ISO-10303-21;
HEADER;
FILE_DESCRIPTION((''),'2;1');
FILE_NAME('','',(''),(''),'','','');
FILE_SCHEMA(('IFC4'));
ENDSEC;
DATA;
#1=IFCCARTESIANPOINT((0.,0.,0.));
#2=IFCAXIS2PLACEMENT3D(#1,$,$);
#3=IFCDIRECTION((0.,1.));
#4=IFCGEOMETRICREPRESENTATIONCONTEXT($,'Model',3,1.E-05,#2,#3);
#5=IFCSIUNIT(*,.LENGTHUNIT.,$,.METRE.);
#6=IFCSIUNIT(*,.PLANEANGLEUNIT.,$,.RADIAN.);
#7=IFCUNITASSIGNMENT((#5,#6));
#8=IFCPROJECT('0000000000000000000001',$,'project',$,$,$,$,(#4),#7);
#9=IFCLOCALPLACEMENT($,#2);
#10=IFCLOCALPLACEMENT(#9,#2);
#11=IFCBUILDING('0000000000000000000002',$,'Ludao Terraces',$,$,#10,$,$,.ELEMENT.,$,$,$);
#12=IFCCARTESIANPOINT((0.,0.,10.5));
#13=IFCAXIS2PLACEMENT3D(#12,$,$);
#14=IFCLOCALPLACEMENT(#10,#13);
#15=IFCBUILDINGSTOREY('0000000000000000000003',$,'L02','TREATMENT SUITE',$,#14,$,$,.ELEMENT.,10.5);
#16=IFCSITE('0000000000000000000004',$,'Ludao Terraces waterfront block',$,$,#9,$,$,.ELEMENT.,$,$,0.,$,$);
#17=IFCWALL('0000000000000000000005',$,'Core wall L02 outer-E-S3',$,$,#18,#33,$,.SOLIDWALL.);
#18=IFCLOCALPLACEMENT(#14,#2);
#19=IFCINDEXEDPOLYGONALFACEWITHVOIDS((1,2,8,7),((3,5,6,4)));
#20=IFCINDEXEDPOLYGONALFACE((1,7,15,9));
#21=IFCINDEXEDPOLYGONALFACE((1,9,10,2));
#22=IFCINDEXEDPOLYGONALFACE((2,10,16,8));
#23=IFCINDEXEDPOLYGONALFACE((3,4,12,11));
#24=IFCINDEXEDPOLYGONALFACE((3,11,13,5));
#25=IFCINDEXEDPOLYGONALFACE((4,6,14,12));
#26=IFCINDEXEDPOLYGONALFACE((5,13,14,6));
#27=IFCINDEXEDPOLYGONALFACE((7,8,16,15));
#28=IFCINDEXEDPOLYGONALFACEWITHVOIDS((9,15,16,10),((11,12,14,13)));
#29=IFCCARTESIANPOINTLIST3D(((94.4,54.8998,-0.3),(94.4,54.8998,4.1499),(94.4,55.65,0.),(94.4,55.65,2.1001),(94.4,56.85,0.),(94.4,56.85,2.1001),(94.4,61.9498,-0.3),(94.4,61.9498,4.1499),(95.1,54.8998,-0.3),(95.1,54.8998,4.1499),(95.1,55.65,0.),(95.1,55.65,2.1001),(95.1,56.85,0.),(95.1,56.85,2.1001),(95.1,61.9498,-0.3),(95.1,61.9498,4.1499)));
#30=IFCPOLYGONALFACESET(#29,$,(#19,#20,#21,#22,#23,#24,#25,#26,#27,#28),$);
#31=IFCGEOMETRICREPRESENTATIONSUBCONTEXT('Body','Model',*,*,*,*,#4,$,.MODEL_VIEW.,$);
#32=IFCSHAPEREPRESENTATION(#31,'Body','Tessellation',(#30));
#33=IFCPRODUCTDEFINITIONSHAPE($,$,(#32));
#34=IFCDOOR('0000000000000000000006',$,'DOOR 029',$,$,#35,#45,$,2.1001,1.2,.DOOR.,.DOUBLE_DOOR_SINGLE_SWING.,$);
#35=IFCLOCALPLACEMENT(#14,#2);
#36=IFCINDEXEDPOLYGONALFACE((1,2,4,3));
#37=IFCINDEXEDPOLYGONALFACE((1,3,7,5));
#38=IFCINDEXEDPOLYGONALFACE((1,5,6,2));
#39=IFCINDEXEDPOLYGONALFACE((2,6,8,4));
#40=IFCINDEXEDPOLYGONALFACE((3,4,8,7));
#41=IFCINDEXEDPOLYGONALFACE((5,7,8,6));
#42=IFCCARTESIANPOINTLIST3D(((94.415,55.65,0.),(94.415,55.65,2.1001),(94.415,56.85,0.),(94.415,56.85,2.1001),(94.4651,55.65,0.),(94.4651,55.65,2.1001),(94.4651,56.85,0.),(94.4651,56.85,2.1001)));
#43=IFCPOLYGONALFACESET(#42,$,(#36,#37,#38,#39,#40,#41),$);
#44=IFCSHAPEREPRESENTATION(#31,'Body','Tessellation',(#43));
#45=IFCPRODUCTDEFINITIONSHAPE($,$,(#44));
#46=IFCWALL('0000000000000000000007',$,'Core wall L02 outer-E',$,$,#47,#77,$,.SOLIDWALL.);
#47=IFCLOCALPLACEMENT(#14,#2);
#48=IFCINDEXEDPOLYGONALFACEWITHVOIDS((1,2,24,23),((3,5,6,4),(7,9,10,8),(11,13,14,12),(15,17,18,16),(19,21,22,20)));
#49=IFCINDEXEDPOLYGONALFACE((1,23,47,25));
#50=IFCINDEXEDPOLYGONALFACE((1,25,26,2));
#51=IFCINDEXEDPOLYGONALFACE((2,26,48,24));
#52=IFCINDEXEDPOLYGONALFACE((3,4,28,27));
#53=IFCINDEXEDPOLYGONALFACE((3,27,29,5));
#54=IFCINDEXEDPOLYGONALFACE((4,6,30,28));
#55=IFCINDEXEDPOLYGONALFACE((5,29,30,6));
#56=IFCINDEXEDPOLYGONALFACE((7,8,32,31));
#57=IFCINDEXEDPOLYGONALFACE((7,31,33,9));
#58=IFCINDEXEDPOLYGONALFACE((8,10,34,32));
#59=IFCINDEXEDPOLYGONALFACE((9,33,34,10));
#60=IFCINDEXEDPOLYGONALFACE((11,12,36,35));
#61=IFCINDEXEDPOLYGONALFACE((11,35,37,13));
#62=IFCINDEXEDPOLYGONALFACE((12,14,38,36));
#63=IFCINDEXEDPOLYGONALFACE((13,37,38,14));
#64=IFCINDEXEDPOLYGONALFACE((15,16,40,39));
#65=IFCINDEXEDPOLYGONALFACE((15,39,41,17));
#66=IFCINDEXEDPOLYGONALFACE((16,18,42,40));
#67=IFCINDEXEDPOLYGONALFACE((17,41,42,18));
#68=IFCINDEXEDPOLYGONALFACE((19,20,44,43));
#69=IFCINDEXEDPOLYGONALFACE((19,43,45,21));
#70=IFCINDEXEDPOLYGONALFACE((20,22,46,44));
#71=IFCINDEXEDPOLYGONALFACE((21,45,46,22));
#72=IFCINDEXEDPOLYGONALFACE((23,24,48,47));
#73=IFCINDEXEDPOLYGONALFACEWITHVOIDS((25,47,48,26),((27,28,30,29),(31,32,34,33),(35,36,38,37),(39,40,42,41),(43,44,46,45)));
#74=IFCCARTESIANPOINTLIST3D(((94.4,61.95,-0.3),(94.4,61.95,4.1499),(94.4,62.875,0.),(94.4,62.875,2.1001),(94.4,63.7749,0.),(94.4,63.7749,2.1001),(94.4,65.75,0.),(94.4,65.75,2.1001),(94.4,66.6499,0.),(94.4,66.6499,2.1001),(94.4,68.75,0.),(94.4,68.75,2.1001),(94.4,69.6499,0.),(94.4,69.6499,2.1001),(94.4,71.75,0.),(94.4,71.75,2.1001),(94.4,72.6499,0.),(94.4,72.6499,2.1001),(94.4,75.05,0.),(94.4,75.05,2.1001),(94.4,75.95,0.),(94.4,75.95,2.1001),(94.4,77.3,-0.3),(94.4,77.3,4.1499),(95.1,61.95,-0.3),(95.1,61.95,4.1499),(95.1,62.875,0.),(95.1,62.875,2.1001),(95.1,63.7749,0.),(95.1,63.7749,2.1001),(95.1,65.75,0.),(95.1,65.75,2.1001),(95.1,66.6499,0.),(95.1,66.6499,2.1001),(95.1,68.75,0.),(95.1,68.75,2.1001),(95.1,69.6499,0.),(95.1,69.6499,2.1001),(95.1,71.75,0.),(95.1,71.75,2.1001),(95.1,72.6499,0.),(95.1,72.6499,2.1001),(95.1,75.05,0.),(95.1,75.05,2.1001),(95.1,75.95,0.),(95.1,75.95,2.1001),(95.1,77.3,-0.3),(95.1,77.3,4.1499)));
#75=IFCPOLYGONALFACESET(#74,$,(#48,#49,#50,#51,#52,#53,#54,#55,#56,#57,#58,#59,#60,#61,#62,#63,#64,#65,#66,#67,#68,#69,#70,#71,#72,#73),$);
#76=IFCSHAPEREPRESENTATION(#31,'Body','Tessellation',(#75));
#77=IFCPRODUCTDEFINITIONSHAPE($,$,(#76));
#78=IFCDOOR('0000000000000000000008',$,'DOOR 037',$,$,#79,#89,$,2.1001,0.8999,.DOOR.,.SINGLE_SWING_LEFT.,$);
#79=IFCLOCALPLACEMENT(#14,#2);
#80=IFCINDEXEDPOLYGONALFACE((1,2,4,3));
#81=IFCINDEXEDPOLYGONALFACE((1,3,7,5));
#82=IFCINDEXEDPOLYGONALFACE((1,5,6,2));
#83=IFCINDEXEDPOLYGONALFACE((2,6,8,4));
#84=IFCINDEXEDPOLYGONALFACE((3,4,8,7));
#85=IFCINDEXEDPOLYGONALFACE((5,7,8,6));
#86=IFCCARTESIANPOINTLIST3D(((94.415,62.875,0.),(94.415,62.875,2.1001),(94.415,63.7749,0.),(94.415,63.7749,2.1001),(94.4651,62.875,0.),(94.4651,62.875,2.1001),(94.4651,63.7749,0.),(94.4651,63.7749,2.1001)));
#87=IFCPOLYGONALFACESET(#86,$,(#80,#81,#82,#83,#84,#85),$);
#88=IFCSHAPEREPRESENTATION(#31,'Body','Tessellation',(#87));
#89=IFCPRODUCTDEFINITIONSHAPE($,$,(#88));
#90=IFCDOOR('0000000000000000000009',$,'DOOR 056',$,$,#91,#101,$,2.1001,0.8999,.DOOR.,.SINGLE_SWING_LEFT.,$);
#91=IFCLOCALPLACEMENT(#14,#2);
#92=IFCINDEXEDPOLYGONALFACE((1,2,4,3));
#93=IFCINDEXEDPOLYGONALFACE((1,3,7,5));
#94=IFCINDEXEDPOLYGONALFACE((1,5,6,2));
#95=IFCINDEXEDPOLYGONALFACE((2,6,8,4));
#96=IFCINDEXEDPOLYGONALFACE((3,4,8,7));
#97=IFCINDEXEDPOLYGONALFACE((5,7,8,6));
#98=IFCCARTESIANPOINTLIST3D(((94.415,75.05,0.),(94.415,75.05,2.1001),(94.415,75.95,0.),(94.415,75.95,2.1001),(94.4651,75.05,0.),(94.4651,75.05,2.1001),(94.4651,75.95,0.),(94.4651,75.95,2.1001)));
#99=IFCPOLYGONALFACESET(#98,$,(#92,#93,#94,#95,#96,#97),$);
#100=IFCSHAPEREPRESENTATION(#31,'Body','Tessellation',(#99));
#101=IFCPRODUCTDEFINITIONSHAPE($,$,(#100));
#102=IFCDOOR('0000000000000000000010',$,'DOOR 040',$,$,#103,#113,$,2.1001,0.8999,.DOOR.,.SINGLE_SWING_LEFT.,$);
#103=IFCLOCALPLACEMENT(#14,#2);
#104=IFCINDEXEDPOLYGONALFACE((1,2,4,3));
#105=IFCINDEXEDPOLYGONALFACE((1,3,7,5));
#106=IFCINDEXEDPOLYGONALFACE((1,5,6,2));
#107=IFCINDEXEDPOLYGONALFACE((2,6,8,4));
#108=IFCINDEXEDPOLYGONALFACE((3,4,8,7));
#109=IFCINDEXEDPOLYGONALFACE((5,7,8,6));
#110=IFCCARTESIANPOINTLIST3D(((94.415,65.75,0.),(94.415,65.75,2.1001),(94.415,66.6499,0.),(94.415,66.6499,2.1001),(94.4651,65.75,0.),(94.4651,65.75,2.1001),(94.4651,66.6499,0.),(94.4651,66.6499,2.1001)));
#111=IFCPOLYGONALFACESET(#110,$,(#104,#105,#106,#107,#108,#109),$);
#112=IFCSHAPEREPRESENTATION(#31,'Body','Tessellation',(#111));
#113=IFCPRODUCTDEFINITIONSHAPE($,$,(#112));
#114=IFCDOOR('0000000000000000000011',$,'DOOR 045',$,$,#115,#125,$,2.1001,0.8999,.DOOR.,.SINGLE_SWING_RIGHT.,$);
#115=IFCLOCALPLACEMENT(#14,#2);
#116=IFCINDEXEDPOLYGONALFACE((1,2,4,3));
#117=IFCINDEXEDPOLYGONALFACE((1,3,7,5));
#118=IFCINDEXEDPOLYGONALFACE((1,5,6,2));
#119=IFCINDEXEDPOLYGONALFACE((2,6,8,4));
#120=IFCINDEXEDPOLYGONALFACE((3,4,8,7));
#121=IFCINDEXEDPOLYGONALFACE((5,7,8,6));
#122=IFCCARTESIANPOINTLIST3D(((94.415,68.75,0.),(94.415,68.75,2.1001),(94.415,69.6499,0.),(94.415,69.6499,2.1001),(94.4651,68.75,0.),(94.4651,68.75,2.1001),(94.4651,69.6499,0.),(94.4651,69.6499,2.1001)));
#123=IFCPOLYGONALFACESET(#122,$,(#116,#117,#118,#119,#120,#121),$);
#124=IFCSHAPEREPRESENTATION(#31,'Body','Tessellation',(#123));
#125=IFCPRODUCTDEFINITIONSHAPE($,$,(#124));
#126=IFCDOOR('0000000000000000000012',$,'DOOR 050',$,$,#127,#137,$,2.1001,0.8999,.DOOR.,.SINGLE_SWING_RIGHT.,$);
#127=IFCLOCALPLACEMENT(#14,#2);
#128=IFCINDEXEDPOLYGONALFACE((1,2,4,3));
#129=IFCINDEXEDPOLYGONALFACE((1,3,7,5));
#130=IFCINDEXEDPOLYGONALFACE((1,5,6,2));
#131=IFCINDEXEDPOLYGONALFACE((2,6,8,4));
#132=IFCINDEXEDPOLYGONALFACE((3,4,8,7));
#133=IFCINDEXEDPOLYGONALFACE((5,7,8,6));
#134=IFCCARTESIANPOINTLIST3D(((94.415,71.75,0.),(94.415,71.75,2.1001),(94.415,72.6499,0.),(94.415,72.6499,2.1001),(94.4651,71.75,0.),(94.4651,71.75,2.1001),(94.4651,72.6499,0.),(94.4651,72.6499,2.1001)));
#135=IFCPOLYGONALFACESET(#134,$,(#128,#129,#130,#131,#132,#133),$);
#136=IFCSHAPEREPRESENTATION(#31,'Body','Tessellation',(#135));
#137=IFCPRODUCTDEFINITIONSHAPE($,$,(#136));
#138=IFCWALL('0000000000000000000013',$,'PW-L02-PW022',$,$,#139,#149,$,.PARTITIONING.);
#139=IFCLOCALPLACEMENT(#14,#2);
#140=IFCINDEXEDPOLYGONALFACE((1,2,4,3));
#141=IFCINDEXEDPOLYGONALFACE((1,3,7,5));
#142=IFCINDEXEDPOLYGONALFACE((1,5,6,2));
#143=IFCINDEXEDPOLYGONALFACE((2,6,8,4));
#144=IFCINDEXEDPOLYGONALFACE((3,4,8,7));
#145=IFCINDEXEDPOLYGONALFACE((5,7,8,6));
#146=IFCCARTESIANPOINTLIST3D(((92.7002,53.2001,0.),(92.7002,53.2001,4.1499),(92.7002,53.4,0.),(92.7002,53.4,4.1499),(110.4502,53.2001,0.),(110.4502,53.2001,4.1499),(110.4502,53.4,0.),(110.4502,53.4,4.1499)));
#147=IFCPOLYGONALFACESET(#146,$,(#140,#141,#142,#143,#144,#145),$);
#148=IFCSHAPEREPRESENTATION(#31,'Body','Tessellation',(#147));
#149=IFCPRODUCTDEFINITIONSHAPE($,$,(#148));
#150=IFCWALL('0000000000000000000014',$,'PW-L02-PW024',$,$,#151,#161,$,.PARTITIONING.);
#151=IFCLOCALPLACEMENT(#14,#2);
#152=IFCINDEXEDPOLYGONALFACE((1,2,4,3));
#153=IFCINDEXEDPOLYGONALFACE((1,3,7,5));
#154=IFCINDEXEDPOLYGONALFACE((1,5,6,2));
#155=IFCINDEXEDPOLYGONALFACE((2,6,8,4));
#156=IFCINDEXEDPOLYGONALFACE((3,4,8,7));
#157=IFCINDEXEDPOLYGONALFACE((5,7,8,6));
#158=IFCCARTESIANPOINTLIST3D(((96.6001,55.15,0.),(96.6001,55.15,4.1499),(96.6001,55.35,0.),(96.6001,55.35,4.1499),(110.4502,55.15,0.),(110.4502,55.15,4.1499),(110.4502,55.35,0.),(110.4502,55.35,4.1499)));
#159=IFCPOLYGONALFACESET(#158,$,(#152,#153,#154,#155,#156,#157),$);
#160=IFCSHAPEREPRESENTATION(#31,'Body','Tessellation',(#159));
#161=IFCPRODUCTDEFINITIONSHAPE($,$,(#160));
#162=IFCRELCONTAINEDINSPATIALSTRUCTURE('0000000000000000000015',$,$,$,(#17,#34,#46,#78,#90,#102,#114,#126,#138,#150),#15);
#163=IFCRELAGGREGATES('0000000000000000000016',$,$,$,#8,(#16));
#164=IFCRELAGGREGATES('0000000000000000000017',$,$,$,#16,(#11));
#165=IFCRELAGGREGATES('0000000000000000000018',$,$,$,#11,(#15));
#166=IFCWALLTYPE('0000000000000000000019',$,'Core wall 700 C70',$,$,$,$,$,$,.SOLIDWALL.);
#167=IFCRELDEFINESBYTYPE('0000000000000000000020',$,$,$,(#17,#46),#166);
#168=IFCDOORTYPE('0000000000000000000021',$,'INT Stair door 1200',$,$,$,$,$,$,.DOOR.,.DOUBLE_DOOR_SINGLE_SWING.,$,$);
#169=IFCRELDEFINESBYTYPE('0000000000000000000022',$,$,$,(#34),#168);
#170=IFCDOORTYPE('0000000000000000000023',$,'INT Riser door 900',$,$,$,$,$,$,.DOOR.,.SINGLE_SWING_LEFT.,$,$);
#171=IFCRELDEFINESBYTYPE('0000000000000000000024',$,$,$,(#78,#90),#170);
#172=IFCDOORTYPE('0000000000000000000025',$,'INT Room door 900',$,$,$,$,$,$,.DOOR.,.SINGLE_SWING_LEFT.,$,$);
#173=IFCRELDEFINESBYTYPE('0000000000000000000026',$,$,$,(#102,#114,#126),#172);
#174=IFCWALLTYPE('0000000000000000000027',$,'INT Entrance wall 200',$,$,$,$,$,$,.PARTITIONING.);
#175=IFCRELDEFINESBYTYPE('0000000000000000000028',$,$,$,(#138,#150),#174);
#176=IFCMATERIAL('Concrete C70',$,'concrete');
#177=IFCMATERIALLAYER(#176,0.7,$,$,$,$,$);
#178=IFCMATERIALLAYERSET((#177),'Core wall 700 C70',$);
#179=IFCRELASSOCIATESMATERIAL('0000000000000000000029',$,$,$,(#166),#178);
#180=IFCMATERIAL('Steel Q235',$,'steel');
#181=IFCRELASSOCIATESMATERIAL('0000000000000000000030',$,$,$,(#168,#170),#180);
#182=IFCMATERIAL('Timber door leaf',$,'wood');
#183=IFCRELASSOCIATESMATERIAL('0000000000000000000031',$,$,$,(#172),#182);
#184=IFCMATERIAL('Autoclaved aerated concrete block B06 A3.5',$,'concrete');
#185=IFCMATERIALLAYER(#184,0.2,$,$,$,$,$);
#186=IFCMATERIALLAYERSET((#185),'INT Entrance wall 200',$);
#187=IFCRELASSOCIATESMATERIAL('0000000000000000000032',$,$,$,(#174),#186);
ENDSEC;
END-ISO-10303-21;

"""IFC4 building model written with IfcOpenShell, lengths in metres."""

from ifc_helpers import new_model, si_unit, direction, frame, frame_2d, origin, place, context, subcontext, project, spatial, rectangle, extrude, material, layer, layer_set, type_object, element, fill, save


model = new_model("IFC4")

# Units and contexts
model_context = context("Model", 3, precision=1e-05, world=origin(), true_north=direction((0.0, 1.0)))
body_context = subcontext(model_context, "Body", "Model", "MODEL_VIEW")
ifc_project = project(units=[si_unit("LENGTHUNIT", "METRE"), si_unit("PLANEANGLEUNIT", "RADIAN")], contexts=[model_context])

# Site, building, storey
site_placement = place(None, origin())
site = spatial("IfcSite", under=ifc_project, at=site_placement, Name="Ludao Terraces waterfront block", CompositionType="ELEMENT", RefElevation=0.0)
building_placement = place(site_placement, origin())
building = spatial("IfcBuilding", under=site, at=building_placement, Name="Ludao Terraces", CompositionType="ELEMENT")
storey_placement = place(building_placement, frame((0.0, 0.0, 10.5)))
storey = spatial("IfcBuildingStorey", under=building, at=storey_placement, Name="L02", Description="TREATMENT SUITE", CompositionType="ELEMENT", Elevation=10.5)

# Wall, opening, door
ifc_material_1 = material(Name="Concrete C70", Category="concrete")
ifc_layer_1 = layer(ifc_material_1, 0.7)
ifc_layer_set_1 = layer_set([ifc_layer_1], Name="Core wall 700 C70")
wall_type_1 = type_object("IfcWallType", Name="Core wall 700 C70", PredefinedType="SOLIDWALL", material=ifc_layer_set_1)
wall_1_placement = place(storey_placement, frame((94.75, 54.8999, -0.3), z_axis=(0.0, 0.0, 1.0), x_axis=(0.0, 1.0, 0.0)))
wall_1 = element("IfcWall", 1, at=wall_1_placement, inside=storey, type_object=wall_type_1, Name="Core wall L02 outer-E-S3", PredefinedType="SOLIDWALL", context=body_context, shape_type="SweptSolid", body=[
    extrude(rectangle(XDim=7.05, YDim=0.7, at=frame_2d((3.5249, 0.0))), origin(), (0.0, 0.0, 1.0), 4.45),
])
opening_1_placement = place(wall_1_placement, frame((0.75, 0.0, 0.3)))
opening_1 = element("IfcOpeningElement", 2, at=opening_1_placement, cuts=wall_1, PredefinedType="OPENING", context=body_context, shape_type="SweptSolid", body=[
    extrude(rectangle(XDim=1.2, YDim=2.1001, at=frame_2d((0.6001, 1.05))), frame((0.0, 0.3599, 0.0), z_axis=(0.0, -1.0, 0.0), x_axis=(1.0, 0.0, 0.0)), (0.0, 0.0, 1.0), 0.72),
])
ifc_material_2 = material(Name="Steel Q235", Category="steel")
door_type_1 = type_object("IfcDoorType", Name="INT Stair door 1200", OperationType="DOUBLE_DOOR_SINGLE_SWING", PredefinedType="DOOR", material=ifc_material_2)
door_1_placement = place(opening_1_placement, origin())
door_1 = element("IfcDoor", 3, at=door_1_placement, inside=storey, type_object=door_type_1, Name="DOOR 029", OperationType="DOUBLE_DOOR_SINGLE_SWING", OverallHeight=2.1001, OverallWidth=1.2, PredefinedType="DOOR", context=body_context, shape_type="SweptSolid", body=[
    extrude(rectangle(XDim=1.2, YDim=2.1001, at=frame_2d((0.6001, 1.05))), frame((0.0, 0.335, 0.0), z_axis=(0.0, -1.0, 0.0), x_axis=(1.0, 0.0, 0.0)), (0.0, 0.0, 1.0), 0.05),
])
fill(opening_1, door_1)

# Wall, openings, doors
wall_2_placement = place(storey_placement, frame((94.75, 61.95, -0.3), z_axis=(0.0, 0.0, 1.0), x_axis=(0.0, 1.0, 0.0)))
wall_2 = element("IfcWall", 4, at=wall_2_placement, inside=storey, type_object=wall_type_1, Name="Core wall L02 outer-E", PredefinedType="SOLIDWALL", context=body_context, shape_type="SweptSolid", body=[
    extrude(rectangle(XDim=15.3501, YDim=0.7, at=frame_2d((7.675, 0.0))), origin(), (0.0, 0.0, 1.0), 4.45),
])
opening_2_placement = place(wall_2_placement, frame((0.925, 0.0, 0.3)))
opening_2 = element("IfcOpeningElement", 5, at=opening_2_placement, cuts=wall_2, PredefinedType="OPENING", context=body_context, shape_type="SweptSolid", body=[
    extrude(rectangle(XDim=0.8999, YDim=2.1001, at=frame_2d((0.45, 1.05))), frame((0.0, 0.3599, 0.0), z_axis=(0.0, -1.0, 0.0), x_axis=(1.0, 0.0, 0.0)), (0.0, 0.0, 1.0), 0.72),
])
opening_3_placement = place(wall_2_placement, frame((3.8, 0.0, 0.3)))
opening_3 = element("IfcOpeningElement", 6, at=opening_3_placement, cuts=wall_2, PredefinedType="OPENING", context=body_context, shape_type="SweptSolid", body=[
    extrude(rectangle(XDim=0.8999, YDim=2.1001, at=frame_2d((0.45, 1.05))), frame((0.0, 0.3599, 0.0), z_axis=(0.0, -1.0, 0.0), x_axis=(1.0, 0.0, 0.0)), (0.0, 0.0, 1.0), 0.72),
])
opening_4_placement = place(wall_2_placement, frame((6.8, 0.0, 0.3)))
opening_4 = element("IfcOpeningElement", 7, at=opening_4_placement, cuts=wall_2, PredefinedType="OPENING", context=body_context, shape_type="SweptSolid", body=[
    extrude(rectangle(XDim=0.8999, YDim=2.1001, at=frame_2d((0.45, 1.05))), frame((0.0, 0.3599, 0.0), z_axis=(0.0, -1.0, 0.0), x_axis=(1.0, 0.0, 0.0)), (0.0, 0.0, 1.0), 0.72),
])
opening_5_placement = place(wall_2_placement, frame((9.8, 0.0, 0.3)))
opening_5 = element("IfcOpeningElement", 8, at=opening_5_placement, cuts=wall_2, PredefinedType="OPENING", context=body_context, shape_type="SweptSolid", body=[
    extrude(rectangle(XDim=0.8999, YDim=2.1001, at=frame_2d((0.45, 1.05))), frame((0.0, 0.3599, 0.0), z_axis=(0.0, -1.0, 0.0), x_axis=(1.0, 0.0, 0.0)), (0.0, 0.0, 1.0), 0.72),
])
opening_6_placement = place(wall_2_placement, frame((13.1001, 0.0, 0.3)))
opening_6 = element("IfcOpeningElement", 9, at=opening_6_placement, cuts=wall_2, PredefinedType="OPENING", context=body_context, shape_type="SweptSolid", body=[
    extrude(rectangle(XDim=0.8999, YDim=2.1001, at=frame_2d((0.45, 1.05))), frame((0.0, 0.3599, 0.0), z_axis=(0.0, -1.0, 0.0), x_axis=(1.0, 0.0, 0.0)), (0.0, 0.0, 1.0), 0.72),
])
door_type_2 = type_object("IfcDoorType", Name="INT Riser door 900", OperationType="SINGLE_SWING_LEFT", PredefinedType="DOOR", material=ifc_material_2)
door_2_placement = place(opening_2_placement, origin())
door_2 = element("IfcDoor", 10, at=door_2_placement, inside=storey, type_object=door_type_2, Name="DOOR 037", OperationType="SINGLE_SWING_LEFT", OverallHeight=2.1001, OverallWidth=0.8999, PredefinedType="DOOR", context=body_context, shape_type="SweptSolid", body=[
    extrude(rectangle(XDim=0.8999, YDim=2.1001, at=frame_2d((0.45, 1.05))), frame((0.0, 0.335, 0.0), z_axis=(0.0, -1.0, 0.0), x_axis=(1.0, 0.0, 0.0)), (0.0, 0.0, 1.0), 0.05),
])
fill(opening_2, door_2)
door_3_placement = place(opening_6_placement, origin())
door_3 = element("IfcDoor", 11, at=door_3_placement, inside=storey, type_object=door_type_2, Name="DOOR 056", OperationType="SINGLE_SWING_LEFT", OverallHeight=2.1001, OverallWidth=0.8999, PredefinedType="DOOR", context=body_context, shape_type="SweptSolid", body=[
    extrude(rectangle(XDim=0.8999, YDim=2.1001, at=frame_2d((0.45, 1.05))), frame((0.0, 0.335, 0.0), z_axis=(0.0, -1.0, 0.0), x_axis=(1.0, 0.0, 0.0)), (0.0, 0.0, 1.0), 0.05),
])
fill(opening_6, door_3)
ifc_material_3 = material(Name="Timber door leaf", Category="wood")
door_type_3 = type_object("IfcDoorType", Name="INT Room door 900", OperationType="SINGLE_SWING_LEFT", PredefinedType="DOOR", material=ifc_material_3)
door_4_placement = place(opening_3_placement, origin())
door_4 = element("IfcDoor", 12, at=door_4_placement, inside=storey, type_object=door_type_3, Name="DOOR 040", OperationType="SINGLE_SWING_LEFT", OverallHeight=2.1001, OverallWidth=0.8999, PredefinedType="DOOR", context=body_context, shape_type="SweptSolid", body=[
    extrude(rectangle(XDim=0.8999, YDim=2.1001, at=frame_2d((0.45, 1.05))), frame((0.0, 0.335, 0.0), z_axis=(0.0, -1.0, 0.0), x_axis=(1.0, 0.0, 0.0)), (0.0, 0.0, 1.0), 0.05),
])
fill(opening_3, door_4)
door_5_placement = place(opening_4_placement, origin())
door_5 = element("IfcDoor", 13, at=door_5_placement, inside=storey, type_object=door_type_3, Name="DOOR 045", OperationType="SINGLE_SWING_RIGHT", OverallHeight=2.1001, OverallWidth=0.8999, PredefinedType="DOOR", context=body_context, shape_type="SweptSolid", body=[
    extrude(rectangle(XDim=0.8999, YDim=2.1001, at=frame_2d((0.45, 1.05))), frame((0.0, 0.335, 0.0), z_axis=(0.0, -1.0, 0.0), x_axis=(1.0, 0.0, 0.0)), (0.0, 0.0, 1.0), 0.05),
])
fill(opening_4, door_5)
door_6_placement = place(opening_5_placement, origin())
door_6 = element("IfcDoor", 14, at=door_6_placement, inside=storey, type_object=door_type_3, Name="DOOR 050", OperationType="SINGLE_SWING_RIGHT", OverallHeight=2.1001, OverallWidth=0.8999, PredefinedType="DOOR", context=body_context, shape_type="SweptSolid", body=[
    extrude(rectangle(XDim=0.8999, YDim=2.1001, at=frame_2d((0.45, 1.05))), frame((0.0, 0.335, 0.0), z_axis=(0.0, -1.0, 0.0), x_axis=(1.0, 0.0, 0.0)), (0.0, 0.0, 1.0), 0.05),
])
fill(opening_5, door_6)

# Walls
ifc_material_4 = material(Name="Autoclaved aerated concrete block B06 A3.5", Category="concrete")
ifc_layer_2 = layer(ifc_material_4, 0.2)
ifc_layer_set_2 = layer_set([ifc_layer_2], Name="INT Entrance wall 200")
wall_type_2 = type_object("IfcWallType", Name="INT Entrance wall 200", PredefinedType="PARTITIONING", material=ifc_layer_set_2)
wall_3_placement = place(storey_placement, frame((92.7002, 53.3, 0.0), z_axis=(0.0, 0.0, 1.0), x_axis=(1.0, 0.0, 0.0)))
element("IfcWall", 15, at=wall_3_placement, inside=storey, type_object=wall_type_2, Name="PW-L02-PW022", PredefinedType="PARTITIONING", context=body_context, shape_type="SweptSolid", body=[
    extrude(rectangle(XDim=17.75, YDim=0.2, at=frame_2d((8.875, 0.0))), origin(), (0.0, 0.0, 1.0), 4.1499),
])
wall_4_placement = place(storey_placement, frame((96.6001, 55.25, 0.0), z_axis=(0.0, 0.0, 1.0), x_axis=(1.0, 0.0, 0.0)))
element("IfcWall", 16, at=wall_4_placement, inside=storey, type_object=wall_type_2, Name="PW-L02-PW024", PredefinedType="PARTITIONING", context=body_context, shape_type="SweptSolid", body=[
    extrude(rectangle(XDim=13.8501, YDim=0.2, at=frame_2d((6.925, 0.0))), origin(), (0.0, 0.0, 1.0), 4.1499),
])

save(model, "model.ifc")
